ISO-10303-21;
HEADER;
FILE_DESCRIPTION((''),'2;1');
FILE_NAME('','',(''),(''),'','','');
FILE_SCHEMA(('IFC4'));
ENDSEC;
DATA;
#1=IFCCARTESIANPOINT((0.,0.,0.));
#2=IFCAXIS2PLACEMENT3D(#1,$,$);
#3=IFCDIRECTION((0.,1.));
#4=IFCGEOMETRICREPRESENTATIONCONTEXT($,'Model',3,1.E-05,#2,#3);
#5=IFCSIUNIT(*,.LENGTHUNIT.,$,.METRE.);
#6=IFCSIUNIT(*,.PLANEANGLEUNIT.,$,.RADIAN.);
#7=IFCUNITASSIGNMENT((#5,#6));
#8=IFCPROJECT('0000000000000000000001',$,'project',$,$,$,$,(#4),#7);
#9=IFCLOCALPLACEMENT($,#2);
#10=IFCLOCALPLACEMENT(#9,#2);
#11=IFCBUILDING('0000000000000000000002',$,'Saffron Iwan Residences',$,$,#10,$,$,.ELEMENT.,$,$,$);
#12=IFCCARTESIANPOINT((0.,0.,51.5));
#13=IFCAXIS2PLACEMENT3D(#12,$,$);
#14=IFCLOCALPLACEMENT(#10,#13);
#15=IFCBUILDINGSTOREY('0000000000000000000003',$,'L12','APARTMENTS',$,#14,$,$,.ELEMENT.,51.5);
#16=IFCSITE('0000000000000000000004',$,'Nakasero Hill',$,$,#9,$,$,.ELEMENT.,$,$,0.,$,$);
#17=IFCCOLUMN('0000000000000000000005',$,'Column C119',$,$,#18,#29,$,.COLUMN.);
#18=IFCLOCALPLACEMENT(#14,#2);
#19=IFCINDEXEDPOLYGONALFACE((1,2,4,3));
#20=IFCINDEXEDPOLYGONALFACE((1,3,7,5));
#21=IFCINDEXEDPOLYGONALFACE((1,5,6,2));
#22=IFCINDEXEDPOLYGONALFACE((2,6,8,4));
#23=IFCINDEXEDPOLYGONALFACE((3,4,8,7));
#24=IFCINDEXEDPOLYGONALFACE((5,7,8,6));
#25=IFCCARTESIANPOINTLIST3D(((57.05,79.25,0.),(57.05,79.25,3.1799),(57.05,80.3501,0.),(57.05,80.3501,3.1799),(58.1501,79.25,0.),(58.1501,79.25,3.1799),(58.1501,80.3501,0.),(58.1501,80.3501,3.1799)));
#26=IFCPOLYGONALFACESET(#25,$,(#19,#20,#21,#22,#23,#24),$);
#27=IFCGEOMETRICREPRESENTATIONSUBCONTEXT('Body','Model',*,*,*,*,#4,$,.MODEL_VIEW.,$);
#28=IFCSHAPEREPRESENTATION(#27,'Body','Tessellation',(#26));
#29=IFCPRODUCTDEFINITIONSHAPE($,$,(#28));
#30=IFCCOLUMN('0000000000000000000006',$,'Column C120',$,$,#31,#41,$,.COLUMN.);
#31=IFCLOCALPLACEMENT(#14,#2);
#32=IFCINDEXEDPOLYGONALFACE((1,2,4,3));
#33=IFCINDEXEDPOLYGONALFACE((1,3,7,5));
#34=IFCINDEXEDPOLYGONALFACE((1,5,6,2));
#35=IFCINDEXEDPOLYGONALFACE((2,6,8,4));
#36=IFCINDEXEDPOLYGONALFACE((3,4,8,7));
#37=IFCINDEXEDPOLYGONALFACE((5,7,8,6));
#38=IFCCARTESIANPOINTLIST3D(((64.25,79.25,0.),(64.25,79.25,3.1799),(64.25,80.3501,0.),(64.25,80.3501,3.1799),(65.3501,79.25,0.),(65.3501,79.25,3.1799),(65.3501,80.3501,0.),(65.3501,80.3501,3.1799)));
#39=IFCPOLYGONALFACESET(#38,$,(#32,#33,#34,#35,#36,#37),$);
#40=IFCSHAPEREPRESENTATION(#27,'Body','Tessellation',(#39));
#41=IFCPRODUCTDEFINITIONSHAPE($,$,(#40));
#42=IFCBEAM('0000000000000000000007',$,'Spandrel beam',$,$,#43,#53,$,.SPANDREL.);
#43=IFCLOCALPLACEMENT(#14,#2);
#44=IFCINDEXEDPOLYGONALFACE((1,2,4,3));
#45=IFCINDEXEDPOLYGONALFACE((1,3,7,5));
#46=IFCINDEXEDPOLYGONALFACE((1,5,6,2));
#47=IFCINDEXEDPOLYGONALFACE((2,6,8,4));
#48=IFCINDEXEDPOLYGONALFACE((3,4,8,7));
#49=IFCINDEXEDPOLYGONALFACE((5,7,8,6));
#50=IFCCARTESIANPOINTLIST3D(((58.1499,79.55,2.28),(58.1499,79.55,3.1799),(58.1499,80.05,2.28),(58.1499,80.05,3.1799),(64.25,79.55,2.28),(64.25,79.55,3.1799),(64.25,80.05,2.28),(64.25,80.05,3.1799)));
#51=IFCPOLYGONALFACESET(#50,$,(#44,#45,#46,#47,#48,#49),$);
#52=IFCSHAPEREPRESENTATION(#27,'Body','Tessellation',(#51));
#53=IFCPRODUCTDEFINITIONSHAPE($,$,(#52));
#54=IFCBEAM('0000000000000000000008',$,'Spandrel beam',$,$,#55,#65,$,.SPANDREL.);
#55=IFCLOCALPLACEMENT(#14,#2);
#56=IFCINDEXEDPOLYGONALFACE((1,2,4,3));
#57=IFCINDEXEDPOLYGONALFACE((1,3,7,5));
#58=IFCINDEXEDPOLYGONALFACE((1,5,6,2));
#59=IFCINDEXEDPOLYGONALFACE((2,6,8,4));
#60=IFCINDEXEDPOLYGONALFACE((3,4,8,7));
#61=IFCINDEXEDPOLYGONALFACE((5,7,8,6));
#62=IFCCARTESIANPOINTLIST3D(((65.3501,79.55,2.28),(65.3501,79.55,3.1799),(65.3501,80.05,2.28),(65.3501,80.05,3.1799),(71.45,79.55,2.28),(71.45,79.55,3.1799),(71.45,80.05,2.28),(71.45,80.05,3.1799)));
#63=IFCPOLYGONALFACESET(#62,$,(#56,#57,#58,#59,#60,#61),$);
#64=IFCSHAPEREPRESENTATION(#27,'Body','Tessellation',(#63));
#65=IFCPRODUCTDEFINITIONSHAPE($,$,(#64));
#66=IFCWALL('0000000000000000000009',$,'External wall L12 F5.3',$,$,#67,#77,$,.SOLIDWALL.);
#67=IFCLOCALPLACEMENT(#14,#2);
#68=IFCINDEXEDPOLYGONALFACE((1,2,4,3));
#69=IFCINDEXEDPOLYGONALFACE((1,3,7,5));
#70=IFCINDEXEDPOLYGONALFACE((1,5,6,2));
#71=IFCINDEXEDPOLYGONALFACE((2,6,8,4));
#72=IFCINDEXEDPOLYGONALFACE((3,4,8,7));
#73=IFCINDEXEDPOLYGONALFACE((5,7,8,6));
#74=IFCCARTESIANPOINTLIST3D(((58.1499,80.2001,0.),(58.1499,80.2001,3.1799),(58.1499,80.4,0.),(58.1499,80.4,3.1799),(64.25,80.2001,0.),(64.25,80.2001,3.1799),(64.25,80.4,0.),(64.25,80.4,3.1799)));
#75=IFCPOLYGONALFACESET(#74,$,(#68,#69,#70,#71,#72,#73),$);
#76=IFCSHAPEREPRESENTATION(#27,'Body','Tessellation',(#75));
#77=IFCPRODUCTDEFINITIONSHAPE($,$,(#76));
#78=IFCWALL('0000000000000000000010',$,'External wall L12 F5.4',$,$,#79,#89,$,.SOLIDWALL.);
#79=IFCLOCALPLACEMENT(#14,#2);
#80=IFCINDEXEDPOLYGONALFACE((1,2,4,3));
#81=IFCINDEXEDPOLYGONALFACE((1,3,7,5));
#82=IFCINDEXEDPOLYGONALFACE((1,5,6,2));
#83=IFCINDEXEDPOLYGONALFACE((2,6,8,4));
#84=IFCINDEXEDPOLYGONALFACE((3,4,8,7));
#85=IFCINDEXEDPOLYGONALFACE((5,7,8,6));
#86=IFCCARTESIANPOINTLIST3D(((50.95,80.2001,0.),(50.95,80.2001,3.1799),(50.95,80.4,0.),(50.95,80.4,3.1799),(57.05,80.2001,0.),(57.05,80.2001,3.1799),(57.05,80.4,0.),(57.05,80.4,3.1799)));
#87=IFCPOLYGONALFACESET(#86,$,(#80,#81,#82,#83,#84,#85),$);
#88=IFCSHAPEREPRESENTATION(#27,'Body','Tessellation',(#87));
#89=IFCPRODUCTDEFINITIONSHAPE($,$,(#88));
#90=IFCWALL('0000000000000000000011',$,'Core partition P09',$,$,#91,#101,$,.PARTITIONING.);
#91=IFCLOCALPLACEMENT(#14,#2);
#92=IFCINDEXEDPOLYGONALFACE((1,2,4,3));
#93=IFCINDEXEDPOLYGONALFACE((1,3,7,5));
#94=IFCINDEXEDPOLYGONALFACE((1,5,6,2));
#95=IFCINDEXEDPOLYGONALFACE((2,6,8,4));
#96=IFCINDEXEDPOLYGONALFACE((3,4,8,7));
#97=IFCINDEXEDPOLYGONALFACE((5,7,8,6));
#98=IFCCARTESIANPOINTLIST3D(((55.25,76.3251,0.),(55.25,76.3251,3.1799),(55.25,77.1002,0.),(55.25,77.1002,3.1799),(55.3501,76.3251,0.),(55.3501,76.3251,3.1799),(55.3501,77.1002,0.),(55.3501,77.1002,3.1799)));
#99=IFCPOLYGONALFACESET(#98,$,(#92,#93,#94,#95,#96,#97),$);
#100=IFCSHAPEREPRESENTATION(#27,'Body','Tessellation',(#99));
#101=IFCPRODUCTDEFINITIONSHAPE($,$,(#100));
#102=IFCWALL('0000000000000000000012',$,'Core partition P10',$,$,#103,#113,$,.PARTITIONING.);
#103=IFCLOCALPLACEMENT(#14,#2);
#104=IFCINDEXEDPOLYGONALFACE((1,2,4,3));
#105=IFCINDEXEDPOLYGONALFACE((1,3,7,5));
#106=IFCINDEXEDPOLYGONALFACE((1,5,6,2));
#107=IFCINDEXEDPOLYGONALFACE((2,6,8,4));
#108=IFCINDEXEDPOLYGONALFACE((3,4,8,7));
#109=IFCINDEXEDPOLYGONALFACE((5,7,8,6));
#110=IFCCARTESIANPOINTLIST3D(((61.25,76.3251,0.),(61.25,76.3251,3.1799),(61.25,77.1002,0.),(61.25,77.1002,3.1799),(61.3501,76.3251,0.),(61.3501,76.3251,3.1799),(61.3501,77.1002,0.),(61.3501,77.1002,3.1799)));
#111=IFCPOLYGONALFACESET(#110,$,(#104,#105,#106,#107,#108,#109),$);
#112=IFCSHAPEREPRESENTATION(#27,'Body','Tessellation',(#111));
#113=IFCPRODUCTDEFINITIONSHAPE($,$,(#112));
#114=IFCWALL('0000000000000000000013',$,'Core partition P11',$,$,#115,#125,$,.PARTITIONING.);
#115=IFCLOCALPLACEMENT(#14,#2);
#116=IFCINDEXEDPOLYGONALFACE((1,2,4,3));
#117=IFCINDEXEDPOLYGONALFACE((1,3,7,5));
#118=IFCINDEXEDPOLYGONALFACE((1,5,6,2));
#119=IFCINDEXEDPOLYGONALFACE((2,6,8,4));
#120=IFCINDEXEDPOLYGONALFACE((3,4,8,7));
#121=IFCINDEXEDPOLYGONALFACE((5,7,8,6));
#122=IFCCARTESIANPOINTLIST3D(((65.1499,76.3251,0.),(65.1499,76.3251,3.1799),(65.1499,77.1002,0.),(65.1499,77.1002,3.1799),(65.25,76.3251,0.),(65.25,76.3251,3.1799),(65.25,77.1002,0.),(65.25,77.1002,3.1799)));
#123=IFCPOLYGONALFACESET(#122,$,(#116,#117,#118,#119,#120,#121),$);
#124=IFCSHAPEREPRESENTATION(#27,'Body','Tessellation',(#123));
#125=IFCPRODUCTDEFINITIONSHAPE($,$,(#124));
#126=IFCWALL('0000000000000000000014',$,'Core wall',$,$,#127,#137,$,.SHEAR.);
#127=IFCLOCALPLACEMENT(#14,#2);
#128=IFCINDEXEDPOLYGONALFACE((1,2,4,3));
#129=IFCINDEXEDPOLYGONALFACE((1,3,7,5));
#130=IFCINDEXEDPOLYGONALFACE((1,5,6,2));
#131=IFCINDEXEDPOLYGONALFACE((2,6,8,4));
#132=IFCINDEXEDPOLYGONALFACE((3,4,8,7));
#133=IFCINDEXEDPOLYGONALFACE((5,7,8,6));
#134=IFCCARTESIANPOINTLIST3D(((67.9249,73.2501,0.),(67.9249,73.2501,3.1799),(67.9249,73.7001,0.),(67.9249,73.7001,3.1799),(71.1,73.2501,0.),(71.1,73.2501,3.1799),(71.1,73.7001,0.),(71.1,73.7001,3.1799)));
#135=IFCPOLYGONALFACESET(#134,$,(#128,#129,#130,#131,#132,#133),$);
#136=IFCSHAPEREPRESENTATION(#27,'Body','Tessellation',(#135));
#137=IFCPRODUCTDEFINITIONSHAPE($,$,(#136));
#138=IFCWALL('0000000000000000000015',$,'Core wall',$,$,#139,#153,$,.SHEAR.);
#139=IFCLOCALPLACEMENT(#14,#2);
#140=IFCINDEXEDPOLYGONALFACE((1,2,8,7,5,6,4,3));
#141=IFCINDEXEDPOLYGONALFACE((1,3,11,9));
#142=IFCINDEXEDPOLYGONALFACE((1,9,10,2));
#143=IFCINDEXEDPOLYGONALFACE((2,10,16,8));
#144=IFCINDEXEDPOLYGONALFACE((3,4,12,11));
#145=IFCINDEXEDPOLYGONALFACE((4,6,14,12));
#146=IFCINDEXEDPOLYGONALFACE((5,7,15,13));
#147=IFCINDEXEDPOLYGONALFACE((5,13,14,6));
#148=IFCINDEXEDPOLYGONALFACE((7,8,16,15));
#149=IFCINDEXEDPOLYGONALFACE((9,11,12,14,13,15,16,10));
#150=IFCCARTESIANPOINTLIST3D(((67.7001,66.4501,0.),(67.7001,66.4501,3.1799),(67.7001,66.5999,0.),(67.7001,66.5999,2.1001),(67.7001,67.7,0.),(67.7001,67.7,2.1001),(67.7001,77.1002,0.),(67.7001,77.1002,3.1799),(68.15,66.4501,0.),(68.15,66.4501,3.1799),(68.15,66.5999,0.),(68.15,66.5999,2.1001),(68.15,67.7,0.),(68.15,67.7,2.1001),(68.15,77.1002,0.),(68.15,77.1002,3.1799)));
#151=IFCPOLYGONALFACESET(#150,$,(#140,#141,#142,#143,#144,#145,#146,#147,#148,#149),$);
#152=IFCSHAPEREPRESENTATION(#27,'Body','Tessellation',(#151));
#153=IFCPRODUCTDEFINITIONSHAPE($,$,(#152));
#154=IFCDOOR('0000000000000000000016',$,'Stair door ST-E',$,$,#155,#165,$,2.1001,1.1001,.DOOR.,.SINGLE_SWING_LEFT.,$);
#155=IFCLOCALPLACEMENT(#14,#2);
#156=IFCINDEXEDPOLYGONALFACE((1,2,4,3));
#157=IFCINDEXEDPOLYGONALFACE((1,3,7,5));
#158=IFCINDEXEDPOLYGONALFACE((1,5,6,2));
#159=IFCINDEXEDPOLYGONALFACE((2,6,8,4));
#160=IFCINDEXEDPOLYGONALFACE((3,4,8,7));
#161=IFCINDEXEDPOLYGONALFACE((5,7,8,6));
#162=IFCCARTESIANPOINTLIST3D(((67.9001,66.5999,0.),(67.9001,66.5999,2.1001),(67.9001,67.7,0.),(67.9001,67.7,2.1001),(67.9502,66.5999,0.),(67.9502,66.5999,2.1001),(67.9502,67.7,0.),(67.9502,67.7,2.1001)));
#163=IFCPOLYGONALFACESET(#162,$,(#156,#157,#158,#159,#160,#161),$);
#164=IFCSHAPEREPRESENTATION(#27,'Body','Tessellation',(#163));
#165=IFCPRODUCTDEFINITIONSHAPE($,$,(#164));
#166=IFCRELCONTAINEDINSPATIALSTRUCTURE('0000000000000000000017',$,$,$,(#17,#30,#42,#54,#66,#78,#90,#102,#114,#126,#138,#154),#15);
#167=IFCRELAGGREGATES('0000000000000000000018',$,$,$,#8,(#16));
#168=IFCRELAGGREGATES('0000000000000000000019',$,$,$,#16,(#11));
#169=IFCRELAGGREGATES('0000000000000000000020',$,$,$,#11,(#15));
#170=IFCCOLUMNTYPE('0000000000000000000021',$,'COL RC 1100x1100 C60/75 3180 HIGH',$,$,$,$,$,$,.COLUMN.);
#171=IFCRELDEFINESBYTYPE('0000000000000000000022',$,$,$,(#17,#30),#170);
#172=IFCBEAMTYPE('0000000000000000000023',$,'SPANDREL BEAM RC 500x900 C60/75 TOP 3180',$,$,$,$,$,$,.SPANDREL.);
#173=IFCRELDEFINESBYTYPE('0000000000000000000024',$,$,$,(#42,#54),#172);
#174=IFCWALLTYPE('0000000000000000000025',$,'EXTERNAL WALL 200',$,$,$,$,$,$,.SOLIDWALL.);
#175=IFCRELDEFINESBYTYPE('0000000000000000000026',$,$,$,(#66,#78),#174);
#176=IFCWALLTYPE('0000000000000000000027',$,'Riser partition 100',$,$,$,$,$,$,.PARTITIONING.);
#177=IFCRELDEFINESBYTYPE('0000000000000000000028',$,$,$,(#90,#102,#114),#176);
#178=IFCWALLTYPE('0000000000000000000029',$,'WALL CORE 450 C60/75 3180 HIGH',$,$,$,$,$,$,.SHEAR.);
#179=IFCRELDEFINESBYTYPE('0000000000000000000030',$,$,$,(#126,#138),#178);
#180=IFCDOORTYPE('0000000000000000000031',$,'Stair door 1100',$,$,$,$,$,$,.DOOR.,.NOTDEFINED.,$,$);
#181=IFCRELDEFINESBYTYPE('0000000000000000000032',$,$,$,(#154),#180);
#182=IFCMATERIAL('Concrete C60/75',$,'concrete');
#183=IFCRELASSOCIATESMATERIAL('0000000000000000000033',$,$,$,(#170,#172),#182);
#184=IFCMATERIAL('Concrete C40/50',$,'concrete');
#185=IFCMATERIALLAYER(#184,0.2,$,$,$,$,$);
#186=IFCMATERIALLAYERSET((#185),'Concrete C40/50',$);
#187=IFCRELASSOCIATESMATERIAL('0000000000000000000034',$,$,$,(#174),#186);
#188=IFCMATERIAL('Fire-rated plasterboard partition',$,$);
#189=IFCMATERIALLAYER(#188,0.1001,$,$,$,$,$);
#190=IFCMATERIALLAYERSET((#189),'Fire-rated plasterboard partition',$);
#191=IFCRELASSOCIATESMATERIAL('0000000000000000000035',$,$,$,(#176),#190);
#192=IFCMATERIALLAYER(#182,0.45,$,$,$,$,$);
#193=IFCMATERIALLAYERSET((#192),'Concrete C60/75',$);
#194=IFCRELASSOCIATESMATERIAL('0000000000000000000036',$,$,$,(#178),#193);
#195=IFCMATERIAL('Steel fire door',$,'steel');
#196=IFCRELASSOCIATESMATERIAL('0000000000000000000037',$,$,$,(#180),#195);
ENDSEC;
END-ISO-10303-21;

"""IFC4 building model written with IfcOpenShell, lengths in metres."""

from ifc_helpers import new_model, si_unit, direction, frame, frame_2d, origin, origin_2d, place, context, subcontext, project, spatial, rectangle, extrude, source, transform, mapped, material, layer, layer_set, material_profile, profile_set, type_object, element, fill, save


model = new_model("IFC4")

# Units and contexts
model_context = context("Model", 3, precision=1e-05, world=origin(), true_north=direction((0.0, 1.0)))
body_context = subcontext(model_context, "Body", "Model", "MODEL_VIEW")
ifc_project = project(units=[si_unit("LENGTHUNIT", "METRE"), si_unit("PLANEANGLEUNIT", "RADIAN")], contexts=[model_context])

# Site, building, storey
site_placement = place(None, origin())
site = spatial("IfcSite", under=ifc_project, at=site_placement, Name="Nakasero Hill", CompositionType="ELEMENT", RefElevation=0.0)
building_placement = place(site_placement, origin())
building = spatial("IfcBuilding", under=site, at=building_placement, Name="Saffron Iwan Residences", CompositionType="ELEMENT")
storey_placement = place(building_placement, frame((0.0, 0.0, 51.5)))
storey = spatial("IfcBuildingStorey", under=building, at=storey_placement, Name="L12", Description="APARTMENTS", CompositionType="ELEMENT", Elevation=51.5)

# Columns
ifc_material_1 = material(Name="Concrete C60/75", Category="concrete")
ifc_material_profile_1 = material_profile(ifc_material_1, rectangle(XDim=1.1001, YDim=1.1001, at=origin_2d()), Name="RC 1100x1100")
ifc_profile_set_1 = profile_set([ifc_material_profile_1], Name="Concrete C60/75")
column_type = type_object("IfcColumnType", Name="COL RC 1100x1100 C60/75 3180 HIGH", PredefinedType="COLUMN", material=ifc_profile_set_1)
shared_shape_1 = source(origin(), body_context, "Body", "SweptSolid", [
    extrude(rectangle(XDim=1.1001, YDim=1.1001, at=origin_2d()), origin(), (0.0, 0.0, 1.0), 3.1799),
])
for number, where, z_axis, x_axis, name in (
    (1, (57.6001, 79.8, 0.0), (0.0, 0.0, 1.0), (1.0, 0.0, 0.0), "Column C119"),
    (2, (64.8, 79.8, 0.0), (0.0, 0.0, 1.0), (1.0, 0.0, 0.0), "Column C120"),
):
    element("IfcColumn", number, at=place(storey_placement, frame(where, z_axis=z_axis, x_axis=x_axis)), inside=storey, type_object=column_type, Name=name, PredefinedType="COLUMN", context=body_context, shape_type="MappedRepresentation", body=[
        mapped(shared_shape_1, transform((0.0, 0.0, 0.0))),
    ])

# Beams
ifc_material_profile_2 = material_profile(ifc_material_1, rectangle(XDim=0.5, YDim=0.8999, at=origin_2d()), Name="RC 500x900")
ifc_profile_set_2 = profile_set([ifc_material_profile_2], Name="Concrete C60/75")
beam_type = type_object("IfcBeamType", Name="SPANDREL BEAM RC 500x900 C60/75 TOP 3180", PredefinedType="SPANDREL", material=ifc_profile_set_2)
shared_shape_2 = source(origin(), body_context, "Body", "SweptSolid", [
    extrude(rectangle(XDim=0.5, YDim=0.8999, at=origin_2d()), origin(), (0.0, 0.0, 1.0), 6.1001),
])
beam_1_placement = place(storey_placement, frame((58.1499, 79.8, 2.73), z_axis=(1.0, 0.0, 0.0), x_axis=(0.0, 1.0, 0.0)))
element("IfcBeam", 3, at=beam_1_placement, inside=storey, type_object=beam_type, Name="Spandrel beam", PredefinedType="SPANDREL", context=body_context, shape_type="MappedRepresentation", body=[
    mapped(shared_shape_2, transform((0.0, 0.0, 0.0))),
])
shared_shape_3 = source(origin(), body_context, "Body", "SweptSolid", [
    extrude(rectangle(XDim=0.5, YDim=0.8999, at=origin_2d()), origin(), (0.0, 0.0, 1.0), 6.0999),
])
beam_2_placement = place(storey_placement, frame((65.3501, 79.8, 2.73), z_axis=(1.0, 0.0, 0.0), x_axis=(0.0, 1.0, 0.0)))
element("IfcBeam", 4, at=beam_2_placement, inside=storey, type_object=beam_type, Name="Spandrel beam", PredefinedType="SPANDREL", context=body_context, shape_type="MappedRepresentation", body=[
    mapped(shared_shape_3, transform((0.0, 0.0, 0.0))),
])

# Walls
ifc_material_2 = material(Name="Concrete C40/50", Category="concrete")
ifc_layer_1 = layer(ifc_material_2, 0.2)
ifc_layer_set_1 = layer_set([ifc_layer_1], Name="Concrete C40/50")
wall_type_1 = type_object("IfcWallType", Name="EXTERNAL WALL 200", PredefinedType="SOLIDWALL", material=ifc_layer_set_1)
for number, where, z_axis, x_axis, name in (
    (5, (64.25, 80.3, 0.0), (0.0, 0.0, 1.0), (-1.0, 0.0, 0.0), "External wall L12 F5.3"),
    (6, (57.05, 80.3, 0.0), (0.0, 0.0, 1.0), (-1.0, 0.0, 0.0), "External wall L12 F5.4"),
):
    element("IfcWall", number, at=place(storey_placement, frame(where, z_axis=z_axis, x_axis=x_axis)), inside=storey, type_object=wall_type_1, Name=name, PredefinedType="SOLIDWALL", context=body_context, shape_type="SweptSolid", body=[
        extrude(rectangle(XDim=6.1001, YDim=0.2, at=frame_2d((3.05, 0.0))), origin(), (0.0, 0.0, 1.0), 3.1799),
    ])
ifc_material_3 = material(Name="Fire-rated plasterboard partition")
ifc_layer_2 = layer(ifc_material_3, 0.1001)
ifc_layer_set_2 = layer_set([ifc_layer_2], Name="Fire-rated plasterboard partition")
wall_type_2 = type_object("IfcWallType", Name="Riser partition 100", PredefinedType="PARTITIONING", material=ifc_layer_set_2)
for number, where, z_axis, x_axis, name in (
    (7, (55.3, 76.325, 0.0), (0.0, 0.0, 1.0), (0.0, 1.0, 0.0), "Core partition P09"),
    (8, (61.3, 76.325, 0.0), (0.0, 0.0, 1.0), (0.0, 1.0, 0.0), "Core partition P10"),
    (9, (65.2, 76.325, 0.0), (0.0, 0.0, 1.0), (0.0, 1.0, 0.0), "Core partition P11"),
):
    element("IfcWall", number, at=place(storey_placement, frame(where, z_axis=z_axis, x_axis=x_axis)), inside=storey, type_object=wall_type_2, Name=name, PredefinedType="PARTITIONING", context=body_context, shape_type="SweptSolid", body=[
        extrude(rectangle(XDim=0.7751, YDim=0.1001, at=frame_2d((0.3877, 0.0))), origin(), (0.0, 0.0, 1.0), 3.1799),
    ])
ifc_layer_3 = layer(ifc_material_1, 0.45)
ifc_layer_set_3 = layer_set([ifc_layer_3], Name="Concrete C60/75")
wall_type_3 = type_object("IfcWallType", Name="WALL CORE 450 C60/75 3180 HIGH", PredefinedType="SHEAR", material=ifc_layer_set_3)
wall_1_placement = place(storey_placement, frame((67.925, 73.4751, 0.0), z_axis=(0.0, 0.0, 1.0), x_axis=(1.0, 0.0, 0.0)))
element("IfcWall", 10, at=wall_1_placement, inside=storey, type_object=wall_type_3, Name="Core wall", PredefinedType="SHEAR", context=body_context, shape_type="SweptSolid", body=[
    extrude(rectangle(XDim=3.175, YDim=0.45, at=frame_2d((1.5874, 0.0))), origin(), (0.0, 0.0, 1.0), 3.1799),
])

# Wall, opening, door
wall_2_placement = place(storey_placement, frame((67.925, 66.45, 0.0), z_axis=(0.0, 0.0, 1.0), x_axis=(0.0, 1.0, 0.0)))
wall_2 = element("IfcWall", 11, at=wall_2_placement, inside=storey, type_object=wall_type_3, Name="Core wall", PredefinedType="SHEAR", context=body_context, shape_type="SweptSolid", body=[
    extrude(rectangle(XDim=10.6501, YDim=0.45, at=frame_2d((5.3252, 0.0))), origin(), (0.0, 0.0, 1.0), 3.1799),
])
opening_1_placement = place(wall_2_placement, frame((0.1499, 0.0, 0.0)))
opening_1 = element("IfcOpeningElement", 12, at=opening_1_placement, cuts=wall_2, PredefinedType="OPENING", context=body_context, shape_type="SweptSolid", body=[
    extrude(rectangle(XDim=1.1001, YDim=2.1001, at=frame_2d((0.55, 1.05))), frame((0.0, 0.2349, 0.0), z_axis=(0.0, -1.0, 0.0), x_axis=(1.0, 0.0, 0.0)), (0.0, 0.0, 1.0), 0.47),
])
ifc_material_4 = material(Name="Steel fire door", Category="steel")
door_type_1 = type_object("IfcDoorType", Name="Stair door 1100", OperationType="NOTDEFINED", PredefinedType="DOOR", material=ifc_material_4)
door_1_placement = place(opening_1_placement, origin())
door_1 = element("IfcDoor", 13, at=door_1_placement, inside=storey, type_object=door_type_1, Name="Stair door ST-E", OperationType="SINGLE_SWING_LEFT", OverallHeight=2.1001, OverallWidth=1.1001, PredefinedType="DOOR", context=body_context, shape_type="SweptSolid", body=[
    extrude(rectangle(XDim=1.1001, YDim=2.1001, at=frame_2d((0.55, 1.05))), frame((0.0, 0.0249, 0.0), z_axis=(0.0, -1.0, 0.0), x_axis=(1.0, 0.0, 0.0)), (0.0, 0.0, 1.0), 0.05),
])
fill(opening_1, door_1)

save(model, "model.ifc")
